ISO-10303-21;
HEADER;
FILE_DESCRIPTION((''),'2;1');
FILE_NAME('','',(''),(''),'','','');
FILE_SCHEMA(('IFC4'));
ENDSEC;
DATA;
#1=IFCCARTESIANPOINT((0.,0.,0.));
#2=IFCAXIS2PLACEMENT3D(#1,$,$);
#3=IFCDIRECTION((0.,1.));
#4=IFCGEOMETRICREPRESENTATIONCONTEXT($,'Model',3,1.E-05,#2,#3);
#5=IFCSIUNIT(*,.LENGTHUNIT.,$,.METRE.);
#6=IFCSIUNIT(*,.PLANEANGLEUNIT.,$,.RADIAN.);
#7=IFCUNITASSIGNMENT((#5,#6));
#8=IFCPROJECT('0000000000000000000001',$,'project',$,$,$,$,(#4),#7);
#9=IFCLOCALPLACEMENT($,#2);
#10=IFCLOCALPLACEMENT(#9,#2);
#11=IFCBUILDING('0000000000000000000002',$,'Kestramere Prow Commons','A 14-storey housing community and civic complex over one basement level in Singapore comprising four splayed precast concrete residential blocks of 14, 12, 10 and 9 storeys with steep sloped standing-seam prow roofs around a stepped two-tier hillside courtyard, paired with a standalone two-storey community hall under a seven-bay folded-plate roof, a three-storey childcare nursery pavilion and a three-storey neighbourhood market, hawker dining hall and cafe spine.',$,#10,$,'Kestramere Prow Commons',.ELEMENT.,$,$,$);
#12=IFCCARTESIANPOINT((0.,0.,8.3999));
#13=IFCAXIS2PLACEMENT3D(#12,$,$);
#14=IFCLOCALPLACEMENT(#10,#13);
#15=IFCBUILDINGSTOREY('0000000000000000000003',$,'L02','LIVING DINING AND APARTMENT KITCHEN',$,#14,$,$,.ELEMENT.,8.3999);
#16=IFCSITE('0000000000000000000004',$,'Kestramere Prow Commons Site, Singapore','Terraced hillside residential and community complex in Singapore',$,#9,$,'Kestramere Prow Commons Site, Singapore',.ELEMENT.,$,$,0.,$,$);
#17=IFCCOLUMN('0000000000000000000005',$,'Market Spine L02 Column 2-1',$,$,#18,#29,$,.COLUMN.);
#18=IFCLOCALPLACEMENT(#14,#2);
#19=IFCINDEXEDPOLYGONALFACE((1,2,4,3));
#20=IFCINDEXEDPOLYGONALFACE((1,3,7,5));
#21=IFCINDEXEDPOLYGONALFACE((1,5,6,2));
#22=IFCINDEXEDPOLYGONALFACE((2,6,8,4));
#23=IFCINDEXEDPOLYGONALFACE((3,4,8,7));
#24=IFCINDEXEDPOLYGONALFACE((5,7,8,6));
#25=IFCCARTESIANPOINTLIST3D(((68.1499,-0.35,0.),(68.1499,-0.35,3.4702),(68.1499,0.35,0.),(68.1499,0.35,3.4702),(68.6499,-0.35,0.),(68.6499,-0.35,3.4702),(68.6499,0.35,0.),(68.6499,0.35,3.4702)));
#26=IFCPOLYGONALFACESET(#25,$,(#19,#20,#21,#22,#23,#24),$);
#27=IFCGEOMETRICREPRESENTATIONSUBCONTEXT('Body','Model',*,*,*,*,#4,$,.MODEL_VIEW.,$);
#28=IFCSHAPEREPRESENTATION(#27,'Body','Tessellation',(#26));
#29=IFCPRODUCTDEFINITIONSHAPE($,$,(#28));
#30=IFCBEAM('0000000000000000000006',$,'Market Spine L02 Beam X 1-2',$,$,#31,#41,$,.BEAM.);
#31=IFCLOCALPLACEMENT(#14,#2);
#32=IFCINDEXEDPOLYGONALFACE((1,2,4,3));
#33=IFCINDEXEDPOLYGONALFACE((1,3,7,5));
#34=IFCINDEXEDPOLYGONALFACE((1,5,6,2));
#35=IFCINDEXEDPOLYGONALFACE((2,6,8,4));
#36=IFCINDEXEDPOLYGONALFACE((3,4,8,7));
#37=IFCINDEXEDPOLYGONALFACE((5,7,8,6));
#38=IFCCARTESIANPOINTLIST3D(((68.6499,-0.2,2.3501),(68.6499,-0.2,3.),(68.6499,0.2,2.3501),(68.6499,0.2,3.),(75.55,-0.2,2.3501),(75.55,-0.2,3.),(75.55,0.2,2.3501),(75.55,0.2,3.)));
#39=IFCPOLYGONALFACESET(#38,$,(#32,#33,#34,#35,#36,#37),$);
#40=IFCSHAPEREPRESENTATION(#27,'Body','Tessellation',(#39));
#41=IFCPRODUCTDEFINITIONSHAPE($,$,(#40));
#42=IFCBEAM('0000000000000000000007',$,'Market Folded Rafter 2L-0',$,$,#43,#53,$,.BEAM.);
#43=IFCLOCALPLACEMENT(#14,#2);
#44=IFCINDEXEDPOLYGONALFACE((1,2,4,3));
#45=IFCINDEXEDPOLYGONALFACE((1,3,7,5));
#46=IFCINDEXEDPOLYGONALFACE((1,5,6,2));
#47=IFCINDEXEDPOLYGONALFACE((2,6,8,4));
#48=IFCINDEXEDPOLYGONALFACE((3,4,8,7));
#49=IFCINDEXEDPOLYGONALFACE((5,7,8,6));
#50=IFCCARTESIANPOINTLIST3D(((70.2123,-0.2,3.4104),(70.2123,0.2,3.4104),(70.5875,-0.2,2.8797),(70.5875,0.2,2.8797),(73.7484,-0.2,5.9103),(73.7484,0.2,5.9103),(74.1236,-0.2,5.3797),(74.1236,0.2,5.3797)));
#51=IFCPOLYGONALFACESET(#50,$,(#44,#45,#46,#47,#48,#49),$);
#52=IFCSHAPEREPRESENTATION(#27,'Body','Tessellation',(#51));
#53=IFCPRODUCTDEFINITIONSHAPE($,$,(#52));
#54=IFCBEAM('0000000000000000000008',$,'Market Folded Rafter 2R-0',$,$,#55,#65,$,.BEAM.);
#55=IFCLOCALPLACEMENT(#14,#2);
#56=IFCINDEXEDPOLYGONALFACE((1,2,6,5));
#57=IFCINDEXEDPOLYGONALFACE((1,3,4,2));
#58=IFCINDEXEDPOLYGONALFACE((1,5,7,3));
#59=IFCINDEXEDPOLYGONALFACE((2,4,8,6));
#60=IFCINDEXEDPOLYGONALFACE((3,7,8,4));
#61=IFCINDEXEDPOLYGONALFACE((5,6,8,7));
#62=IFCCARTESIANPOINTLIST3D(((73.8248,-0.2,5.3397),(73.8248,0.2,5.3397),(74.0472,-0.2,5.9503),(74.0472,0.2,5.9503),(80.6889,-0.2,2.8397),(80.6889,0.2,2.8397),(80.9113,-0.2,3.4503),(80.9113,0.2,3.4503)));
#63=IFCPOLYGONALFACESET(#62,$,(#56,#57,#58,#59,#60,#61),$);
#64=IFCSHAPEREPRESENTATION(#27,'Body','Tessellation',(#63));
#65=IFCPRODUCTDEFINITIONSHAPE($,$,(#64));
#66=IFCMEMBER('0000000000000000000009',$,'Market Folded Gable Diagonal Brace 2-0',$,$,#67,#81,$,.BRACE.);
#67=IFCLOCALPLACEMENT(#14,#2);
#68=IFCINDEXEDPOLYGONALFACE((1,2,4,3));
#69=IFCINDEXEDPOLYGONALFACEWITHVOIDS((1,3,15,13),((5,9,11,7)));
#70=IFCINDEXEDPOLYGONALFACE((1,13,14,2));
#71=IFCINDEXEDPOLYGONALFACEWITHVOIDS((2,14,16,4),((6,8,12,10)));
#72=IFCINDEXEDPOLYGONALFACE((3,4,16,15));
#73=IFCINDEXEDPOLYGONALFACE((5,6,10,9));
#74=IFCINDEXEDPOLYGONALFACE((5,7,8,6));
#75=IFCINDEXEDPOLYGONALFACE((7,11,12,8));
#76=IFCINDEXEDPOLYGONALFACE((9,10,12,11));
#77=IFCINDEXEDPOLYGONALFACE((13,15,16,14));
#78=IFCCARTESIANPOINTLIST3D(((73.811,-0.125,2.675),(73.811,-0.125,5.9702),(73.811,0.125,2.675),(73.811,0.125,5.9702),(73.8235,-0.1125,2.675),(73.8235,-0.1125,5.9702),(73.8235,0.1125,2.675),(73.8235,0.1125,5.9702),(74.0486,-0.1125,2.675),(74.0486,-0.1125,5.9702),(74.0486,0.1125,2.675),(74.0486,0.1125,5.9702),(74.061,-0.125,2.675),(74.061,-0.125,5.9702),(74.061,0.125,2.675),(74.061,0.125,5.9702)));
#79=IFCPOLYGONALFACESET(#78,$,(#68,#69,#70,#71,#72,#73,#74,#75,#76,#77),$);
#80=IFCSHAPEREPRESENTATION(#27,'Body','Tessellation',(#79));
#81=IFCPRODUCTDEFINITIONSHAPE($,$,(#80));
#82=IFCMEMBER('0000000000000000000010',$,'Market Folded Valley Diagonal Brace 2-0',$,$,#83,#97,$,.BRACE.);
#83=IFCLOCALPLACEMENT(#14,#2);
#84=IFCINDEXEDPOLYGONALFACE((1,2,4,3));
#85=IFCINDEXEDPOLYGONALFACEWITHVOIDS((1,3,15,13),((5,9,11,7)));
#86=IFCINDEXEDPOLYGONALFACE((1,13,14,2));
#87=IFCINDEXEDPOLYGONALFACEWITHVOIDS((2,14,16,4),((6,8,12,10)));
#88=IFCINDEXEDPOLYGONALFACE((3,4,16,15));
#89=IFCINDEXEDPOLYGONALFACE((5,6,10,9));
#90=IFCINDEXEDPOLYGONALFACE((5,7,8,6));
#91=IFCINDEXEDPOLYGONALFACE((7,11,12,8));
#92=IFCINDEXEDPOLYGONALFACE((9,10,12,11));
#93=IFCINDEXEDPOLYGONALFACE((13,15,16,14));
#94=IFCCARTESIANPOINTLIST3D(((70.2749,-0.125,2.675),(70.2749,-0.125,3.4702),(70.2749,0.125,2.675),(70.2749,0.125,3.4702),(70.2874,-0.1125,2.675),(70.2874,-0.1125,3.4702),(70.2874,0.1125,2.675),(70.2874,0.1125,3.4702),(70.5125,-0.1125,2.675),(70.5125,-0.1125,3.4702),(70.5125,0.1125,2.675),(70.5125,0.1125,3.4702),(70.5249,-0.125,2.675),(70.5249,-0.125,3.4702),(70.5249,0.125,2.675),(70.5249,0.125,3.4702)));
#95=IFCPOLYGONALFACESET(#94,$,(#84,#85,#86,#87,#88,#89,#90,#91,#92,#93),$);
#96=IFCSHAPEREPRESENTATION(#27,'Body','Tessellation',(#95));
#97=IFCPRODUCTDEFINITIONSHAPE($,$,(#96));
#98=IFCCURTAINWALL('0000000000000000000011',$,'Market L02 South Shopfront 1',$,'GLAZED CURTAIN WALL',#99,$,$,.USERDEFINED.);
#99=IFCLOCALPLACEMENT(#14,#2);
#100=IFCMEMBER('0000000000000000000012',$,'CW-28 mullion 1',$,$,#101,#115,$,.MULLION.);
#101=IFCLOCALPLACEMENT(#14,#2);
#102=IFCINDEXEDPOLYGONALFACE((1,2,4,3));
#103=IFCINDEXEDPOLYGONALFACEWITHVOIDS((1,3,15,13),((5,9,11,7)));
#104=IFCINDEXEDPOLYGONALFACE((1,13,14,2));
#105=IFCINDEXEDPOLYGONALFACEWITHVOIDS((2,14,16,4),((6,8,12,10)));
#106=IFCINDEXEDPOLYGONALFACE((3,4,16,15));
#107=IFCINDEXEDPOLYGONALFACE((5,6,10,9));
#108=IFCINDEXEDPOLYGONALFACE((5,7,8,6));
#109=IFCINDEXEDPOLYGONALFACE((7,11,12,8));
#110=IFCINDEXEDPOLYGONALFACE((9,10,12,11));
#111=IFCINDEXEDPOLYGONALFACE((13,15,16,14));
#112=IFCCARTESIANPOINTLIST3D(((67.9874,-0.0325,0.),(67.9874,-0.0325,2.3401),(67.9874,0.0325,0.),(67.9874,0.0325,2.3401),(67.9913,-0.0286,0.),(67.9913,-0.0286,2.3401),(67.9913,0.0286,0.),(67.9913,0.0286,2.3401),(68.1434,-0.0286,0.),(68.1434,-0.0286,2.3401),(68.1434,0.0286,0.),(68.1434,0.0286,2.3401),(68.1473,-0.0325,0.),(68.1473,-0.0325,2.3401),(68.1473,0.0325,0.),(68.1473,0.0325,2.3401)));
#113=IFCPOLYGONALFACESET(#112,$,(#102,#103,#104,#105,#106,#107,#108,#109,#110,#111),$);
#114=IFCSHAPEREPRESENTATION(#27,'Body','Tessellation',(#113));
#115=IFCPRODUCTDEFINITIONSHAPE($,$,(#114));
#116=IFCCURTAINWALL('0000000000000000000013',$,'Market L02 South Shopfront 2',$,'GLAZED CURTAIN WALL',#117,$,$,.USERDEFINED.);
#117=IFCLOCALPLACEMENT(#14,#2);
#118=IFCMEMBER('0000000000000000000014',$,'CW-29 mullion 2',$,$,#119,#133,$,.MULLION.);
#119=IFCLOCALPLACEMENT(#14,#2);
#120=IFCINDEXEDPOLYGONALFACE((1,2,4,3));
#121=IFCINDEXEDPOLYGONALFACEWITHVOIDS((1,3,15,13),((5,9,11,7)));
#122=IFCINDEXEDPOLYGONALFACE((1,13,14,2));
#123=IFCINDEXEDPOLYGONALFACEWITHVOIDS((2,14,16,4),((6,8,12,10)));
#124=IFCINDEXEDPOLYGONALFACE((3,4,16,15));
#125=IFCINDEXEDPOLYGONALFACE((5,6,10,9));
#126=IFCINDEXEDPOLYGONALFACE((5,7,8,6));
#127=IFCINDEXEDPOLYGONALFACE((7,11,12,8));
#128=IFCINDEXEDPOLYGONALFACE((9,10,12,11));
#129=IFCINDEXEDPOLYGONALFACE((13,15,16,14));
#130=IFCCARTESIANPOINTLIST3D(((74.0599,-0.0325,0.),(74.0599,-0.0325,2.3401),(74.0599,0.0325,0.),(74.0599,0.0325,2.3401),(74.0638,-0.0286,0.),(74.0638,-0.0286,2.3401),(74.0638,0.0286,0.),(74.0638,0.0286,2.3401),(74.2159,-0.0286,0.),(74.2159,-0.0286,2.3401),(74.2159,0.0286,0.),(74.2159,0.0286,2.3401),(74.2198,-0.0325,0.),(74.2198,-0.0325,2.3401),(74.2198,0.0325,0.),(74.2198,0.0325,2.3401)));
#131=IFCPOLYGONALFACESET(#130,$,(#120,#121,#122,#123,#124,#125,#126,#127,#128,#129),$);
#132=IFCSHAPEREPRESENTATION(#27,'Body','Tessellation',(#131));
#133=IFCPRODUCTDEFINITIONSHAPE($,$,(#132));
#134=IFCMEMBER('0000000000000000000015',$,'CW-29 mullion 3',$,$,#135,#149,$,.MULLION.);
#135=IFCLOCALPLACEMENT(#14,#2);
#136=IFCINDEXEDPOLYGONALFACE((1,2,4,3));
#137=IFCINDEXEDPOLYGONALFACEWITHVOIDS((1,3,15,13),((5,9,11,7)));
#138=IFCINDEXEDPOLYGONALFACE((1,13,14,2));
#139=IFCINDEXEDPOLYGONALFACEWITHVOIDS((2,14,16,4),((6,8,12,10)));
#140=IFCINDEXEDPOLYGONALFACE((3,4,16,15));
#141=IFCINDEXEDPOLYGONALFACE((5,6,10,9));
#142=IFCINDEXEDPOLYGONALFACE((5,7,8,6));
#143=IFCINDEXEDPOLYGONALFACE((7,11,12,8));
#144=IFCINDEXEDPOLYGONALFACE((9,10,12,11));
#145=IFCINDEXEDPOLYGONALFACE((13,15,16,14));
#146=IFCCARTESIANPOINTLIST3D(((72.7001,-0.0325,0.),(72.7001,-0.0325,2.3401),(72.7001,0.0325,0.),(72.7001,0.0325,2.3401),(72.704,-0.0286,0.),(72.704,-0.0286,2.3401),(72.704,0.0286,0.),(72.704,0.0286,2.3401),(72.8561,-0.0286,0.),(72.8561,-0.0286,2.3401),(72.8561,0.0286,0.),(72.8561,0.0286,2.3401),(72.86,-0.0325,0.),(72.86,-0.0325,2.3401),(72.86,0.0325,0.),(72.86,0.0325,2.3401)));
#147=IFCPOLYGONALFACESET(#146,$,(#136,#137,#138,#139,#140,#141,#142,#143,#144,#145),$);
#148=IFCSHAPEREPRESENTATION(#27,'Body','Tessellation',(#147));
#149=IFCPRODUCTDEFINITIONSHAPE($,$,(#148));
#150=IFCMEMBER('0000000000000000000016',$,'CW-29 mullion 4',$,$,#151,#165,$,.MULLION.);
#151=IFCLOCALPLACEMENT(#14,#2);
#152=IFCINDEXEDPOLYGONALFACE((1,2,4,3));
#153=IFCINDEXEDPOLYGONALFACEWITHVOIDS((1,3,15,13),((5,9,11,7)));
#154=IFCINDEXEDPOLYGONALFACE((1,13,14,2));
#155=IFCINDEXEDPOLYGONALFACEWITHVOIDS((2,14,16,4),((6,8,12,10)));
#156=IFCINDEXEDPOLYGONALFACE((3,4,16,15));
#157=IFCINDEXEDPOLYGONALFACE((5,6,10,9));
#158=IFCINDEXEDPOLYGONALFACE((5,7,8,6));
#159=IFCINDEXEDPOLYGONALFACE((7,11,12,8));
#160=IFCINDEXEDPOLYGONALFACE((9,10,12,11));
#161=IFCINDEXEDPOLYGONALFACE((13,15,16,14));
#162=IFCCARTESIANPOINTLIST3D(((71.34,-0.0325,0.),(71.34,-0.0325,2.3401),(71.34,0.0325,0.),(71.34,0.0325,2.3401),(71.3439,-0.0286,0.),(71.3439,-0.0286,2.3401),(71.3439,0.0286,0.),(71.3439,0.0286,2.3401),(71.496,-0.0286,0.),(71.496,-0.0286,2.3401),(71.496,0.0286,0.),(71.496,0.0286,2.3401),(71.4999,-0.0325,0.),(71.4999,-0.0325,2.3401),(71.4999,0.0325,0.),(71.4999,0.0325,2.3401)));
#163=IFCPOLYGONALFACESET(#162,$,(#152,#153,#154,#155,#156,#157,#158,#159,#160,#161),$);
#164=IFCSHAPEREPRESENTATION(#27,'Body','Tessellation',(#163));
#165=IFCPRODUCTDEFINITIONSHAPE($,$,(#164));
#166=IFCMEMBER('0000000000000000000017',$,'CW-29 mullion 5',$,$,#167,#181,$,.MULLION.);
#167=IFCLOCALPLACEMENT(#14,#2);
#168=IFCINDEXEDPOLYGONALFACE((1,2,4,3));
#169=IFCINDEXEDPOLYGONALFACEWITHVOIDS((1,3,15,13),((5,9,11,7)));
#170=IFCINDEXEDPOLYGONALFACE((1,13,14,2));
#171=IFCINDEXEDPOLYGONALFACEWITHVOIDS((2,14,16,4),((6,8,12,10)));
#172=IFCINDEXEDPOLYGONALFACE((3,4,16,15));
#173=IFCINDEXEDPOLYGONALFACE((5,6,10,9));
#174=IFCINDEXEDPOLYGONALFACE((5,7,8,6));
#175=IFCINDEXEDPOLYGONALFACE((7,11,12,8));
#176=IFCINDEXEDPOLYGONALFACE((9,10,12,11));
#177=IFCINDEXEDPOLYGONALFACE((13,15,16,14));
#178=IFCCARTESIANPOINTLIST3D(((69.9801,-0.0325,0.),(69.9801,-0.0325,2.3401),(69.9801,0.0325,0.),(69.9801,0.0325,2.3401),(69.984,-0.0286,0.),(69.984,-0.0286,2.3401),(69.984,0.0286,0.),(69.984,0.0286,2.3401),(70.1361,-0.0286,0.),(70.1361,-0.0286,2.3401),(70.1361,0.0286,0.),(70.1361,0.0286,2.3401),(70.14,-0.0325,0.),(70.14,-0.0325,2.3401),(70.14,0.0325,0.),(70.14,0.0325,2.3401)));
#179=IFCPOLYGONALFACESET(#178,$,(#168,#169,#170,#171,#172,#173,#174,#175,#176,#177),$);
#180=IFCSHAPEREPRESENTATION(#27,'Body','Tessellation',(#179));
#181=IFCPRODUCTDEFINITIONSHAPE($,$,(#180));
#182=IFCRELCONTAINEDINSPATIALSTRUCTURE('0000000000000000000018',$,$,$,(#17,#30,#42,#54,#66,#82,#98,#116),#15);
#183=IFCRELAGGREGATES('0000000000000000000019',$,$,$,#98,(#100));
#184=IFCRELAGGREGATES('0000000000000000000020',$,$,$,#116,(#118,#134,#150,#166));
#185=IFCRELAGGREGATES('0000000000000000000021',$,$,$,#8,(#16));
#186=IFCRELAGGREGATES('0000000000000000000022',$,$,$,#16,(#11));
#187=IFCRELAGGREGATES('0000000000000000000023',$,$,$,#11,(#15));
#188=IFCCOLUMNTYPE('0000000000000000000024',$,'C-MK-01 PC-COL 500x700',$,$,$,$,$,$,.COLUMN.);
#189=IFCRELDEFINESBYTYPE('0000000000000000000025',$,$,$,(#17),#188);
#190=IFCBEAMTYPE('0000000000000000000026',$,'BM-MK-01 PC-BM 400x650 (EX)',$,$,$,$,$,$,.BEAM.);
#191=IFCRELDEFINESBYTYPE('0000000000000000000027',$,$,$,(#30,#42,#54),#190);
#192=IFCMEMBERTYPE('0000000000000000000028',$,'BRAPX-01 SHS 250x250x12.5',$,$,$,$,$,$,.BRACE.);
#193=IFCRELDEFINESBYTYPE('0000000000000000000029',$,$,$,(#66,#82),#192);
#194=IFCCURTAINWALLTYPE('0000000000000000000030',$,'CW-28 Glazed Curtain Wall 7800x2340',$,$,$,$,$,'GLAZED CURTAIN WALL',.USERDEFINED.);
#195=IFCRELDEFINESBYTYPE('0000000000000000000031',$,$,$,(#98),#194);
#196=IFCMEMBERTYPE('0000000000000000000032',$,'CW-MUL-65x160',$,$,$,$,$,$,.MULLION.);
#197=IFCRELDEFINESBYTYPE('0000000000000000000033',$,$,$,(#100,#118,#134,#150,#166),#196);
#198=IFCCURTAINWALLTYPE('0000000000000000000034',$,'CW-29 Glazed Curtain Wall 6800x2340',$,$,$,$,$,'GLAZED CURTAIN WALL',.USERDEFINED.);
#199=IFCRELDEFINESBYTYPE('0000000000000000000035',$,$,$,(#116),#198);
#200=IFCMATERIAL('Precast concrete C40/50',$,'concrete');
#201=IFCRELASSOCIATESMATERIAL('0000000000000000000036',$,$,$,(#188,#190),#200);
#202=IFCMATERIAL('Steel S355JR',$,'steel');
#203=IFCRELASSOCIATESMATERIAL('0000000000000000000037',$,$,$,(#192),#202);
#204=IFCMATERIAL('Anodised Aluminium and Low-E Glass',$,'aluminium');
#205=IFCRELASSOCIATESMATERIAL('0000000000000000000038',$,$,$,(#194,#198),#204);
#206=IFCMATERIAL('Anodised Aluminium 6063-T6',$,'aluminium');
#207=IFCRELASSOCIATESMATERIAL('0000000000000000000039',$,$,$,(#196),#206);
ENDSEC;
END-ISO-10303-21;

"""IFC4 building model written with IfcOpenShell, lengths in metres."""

from ifc_helpers import new_model, si_unit, direction, frame, origin, origin_2d, place, context, subcontext, project, spatial, rectangle, hollow_rectangle, extrude, material, material_profile, profile_set, type_object, element, aggregate, save


model = new_model("IFC4")

# Units and contexts
model_context = context("Model", 3, precision=1e-05, world=origin(), true_north=direction((0.0, 1.0)))
body_context = subcontext(model_context, "Body", "Model", "MODEL_VIEW")
ifc_project = project(units=[si_unit("LENGTHUNIT", "METRE"), si_unit("PLANEANGLEUNIT", "RADIAN")], contexts=[model_context])

# Site, building, storey
site_placement = place(None, origin())
site = spatial("IfcSite", under=ifc_project, at=site_placement, Name="Kestramere Prow Commons Site, Singapore", Description="Terraced hillside residential and community complex in Singapore", LongName="Kestramere Prow Commons Site, Singapore", CompositionType="ELEMENT", RefElevation=0.0)
building_placement = place(site_placement, origin())
building = spatial("IfcBuilding", under=site, at=building_placement, Name="Kestramere Prow Commons", Description="A 14-storey housing community and civic complex over one basement level in Singapore comprising four splayed precast concrete residential blocks of 14, 12, 10 and 9 storeys with steep sloped standing-seam prow roofs around a stepped two-tier hillside courtyard, paired with a standalone two-storey community hall under a seven-bay folded-plate roof, a three-storey childcare nursery pavilion and a three-storey neighbourhood market, hawker dining hall and cafe spine.", LongName="Kestramere Prow Commons", CompositionType="ELEMENT")
storey_placement = place(building_placement, frame((0.0, 0.0, 8.3999)))
storey = spatial("IfcBuildingStorey", under=building, at=storey_placement, Name="L02", Description="LIVING DINING AND APARTMENT KITCHEN", CompositionType="ELEMENT", Elevation=8.3999)

# Column
ifc_material_1 = material(Name="Precast concrete C40/50", Category="concrete")
ifc_material_profile_1 = material_profile(ifc_material_1, rectangle(XDim=0.5, YDim=0.7, at=origin_2d()), Name="PC-COL 500x700")
ifc_profile_set_1 = profile_set([ifc_material_profile_1], Name="Precast concrete C40/50")
column_type = type_object("IfcColumnType", Name="C-MK-01 PC-COL 500x700", PredefinedType="COLUMN", material=ifc_profile_set_1)
column_placement = place(storey_placement, frame((68.3999, 0.0, 0.0), z_axis=(0.0, 0.0, 1.0), x_axis=(1.0, 0.0, 0.0)))
element("IfcColumn", 1, at=column_placement, inside=storey, type_object=column_type, Name="Market Spine L02 Column 2-1", PredefinedType="COLUMN", context=body_context, shape_type="SweptSolid", body=[
    extrude(rectangle(XDim=0.5, YDim=0.7, at=origin_2d()), origin(), (0.0, 0.0, 1.0), 3.4702),
])

# Beams
ifc_material_profile_2 = material_profile(ifc_material_1, rectangle(XDim=0.3999, YDim=0.6499, at=origin_2d()), Name="PC-BM 400x650")
ifc_profile_set_2 = profile_set([ifc_material_profile_2], Name="Precast concrete C40/50")
beam_type = type_object("IfcBeamType", Name="BM-MK-01 PC-BM 400x650 (EX)", PredefinedType="BEAM", material=ifc_profile_set_2)
beam_1_placement = place(storey_placement, frame((68.6499, 0.0, 2.675), z_axis=(1.0, 0.0, 0.0), x_axis=(0.0, 1.0, 0.0)))
element("IfcBeam", 2, at=beam_1_placement, inside=storey, type_object=beam_type, Name="Market Spine L02 Beam X 1-2", PredefinedType="BEAM", context=body_context, shape_type="SweptSolid", body=[
    extrude(rectangle(XDim=0.3999, YDim=0.6499, at=origin_2d()), origin(), (0.0, 0.0, 1.0), 6.9001),
])
beam_2_placement = place(storey_placement, frame((70.3999, 0.0, 3.145), z_axis=(0.816543, 0.0, 0.577285), x_axis=(0.0, 1.0, 0.0)))
element("IfcBeam", 3, at=beam_2_placement, inside=storey, type_object=beam_type, Name="Market Folded Rafter 2L-0", PredefinedType="BEAM", context=body_context, shape_type="SweptSolid", body=[
    extrude(rectangle(XDim=0.3999, YDim=0.6499, at=origin_2d()), origin(), (0.0, 0.0, 1.0), 4.3306),
])
beam_3_placement = place(storey_placement, frame((73.936, 0.0, 5.645), z_axis=(0.939618, 0.0, -0.342226), x_axis=(0.0, 1.0, 0.0)))
element("IfcBeam", 4, at=beam_3_placement, inside=storey, type_object=beam_type, Name="Market Folded Rafter 2R-0", PredefinedType="BEAM", context=body_context, shape_type="SweptSolid", body=[
    extrude(rectangle(XDim=0.3999, YDim=0.6499, at=origin_2d()), origin(), (0.0, 0.0, 1.0), 7.3052),
])

# Members
ifc_material_2 = material(Name="Steel S355JR", Category="steel")
ifc_material_profile_3 = material_profile(ifc_material_2, hollow_rectangle(XDim=0.25, YDim=0.25, WallThickness=0.0125, at=origin_2d()), Name="SHS 250x250x12.5")
ifc_profile_set_3 = profile_set([ifc_material_profile_3], Name="Steel S355JR")
member_type_1 = type_object("IfcMemberType", Name="BRAPX-01 SHS 250x250x12.5", PredefinedType="BRACE", material=ifc_profile_set_3)
member_1_placement = place(storey_placement, frame((73.936, 0.0, 2.675), z_axis=(0.0, 0.0, 1.0), x_axis=(1.0, 0.0, 0.0)))
element("IfcMember", 5, at=member_1_placement, inside=storey, type_object=member_type_1, Name="Market Folded Gable Diagonal Brace 2-0", PredefinedType="BRACE", context=body_context, shape_type="SweptSolid", body=[
    extrude(hollow_rectangle(XDim=0.25, YDim=0.25, WallThickness=0.0125, at=origin_2d()), origin(), (0.0, 0.0, 1.0), 3.2952),
])
member_2_placement = place(storey_placement, frame((70.3999, 0.0, 2.675), z_axis=(0.0, 0.0, 1.0), x_axis=(1.0, 0.0, 0.0)))
element("IfcMember", 6, at=member_2_placement, inside=storey, type_object=member_type_1, Name="Market Folded Valley Diagonal Brace 2-0", PredefinedType="BRACE", context=body_context, shape_type="SweptSolid", body=[
    extrude(hollow_rectangle(XDim=0.25, YDim=0.25, WallThickness=0.0125, at=origin_2d()), origin(), (0.0, 0.0, 1.0), 0.7952),
])

# Curtain wall, member
ifc_material_3 = material(Name="Anodised Aluminium and Low-E Glass", Category="aluminium")
curtain_wall_type_1 = type_object("IfcCurtainWallType", Name="CW-28 Glazed Curtain Wall 7800x2340", ElementType="GLAZED CURTAIN WALL", PredefinedType="USERDEFINED", material=ifc_material_3)
curtain_wall_1_placement = place(storey_placement, origin())
curtain_wall_1 = element("IfcCurtainWall", 7, at=curtain_wall_1_placement, inside=storey, type_object=curtain_wall_type_1, Name="Market L02 South Shopfront 1", ObjectType="GLAZED CURTAIN WALL", PredefinedType="USERDEFINED")
ifc_material_4 = material(Name="Anodised Aluminium 6063-T6", Category="aluminium")
ifc_material_profile_4 = material_profile(ifc_material_4, hollow_rectangle(XDim=0.0649, YDim=0.1599, WallThickness=0.0039, at=origin_2d()), Name="ALU-MUL 65x160")
ifc_profile_set_4 = profile_set([ifc_material_profile_4], Name="Anodised Aluminium 6063-T6")
member_type_2 = type_object("IfcMemberType", Name="CW-MUL-65x160", PredefinedType="MULLION", material=ifc_profile_set_4)
member_3_placement = place(storey_placement, frame((68.0674, 0.0, 0.0), z_axis=(0.0, 0.0, 1.0), x_axis=(0.0, -1.0, 0.0)))
member_3 = element("IfcMember", 8, at=member_3_placement, type_object=member_type_2, Name="CW-28 mullion 1", PredefinedType="MULLION", context=body_context, shape_type="SweptSolid", body=[
    extrude(hollow_rectangle(XDim=0.0649, YDim=0.1599, WallThickness=0.0039, at=origin_2d()), origin(), (0.0, 0.0, 1.0), 2.3401),
])
aggregate(curtain_wall_1, [member_3])

# Curtain wall, members
curtain_wall_type_2 = type_object("IfcCurtainWallType", Name="CW-29 Glazed Curtain Wall 6800x2340", ElementType="GLAZED CURTAIN WALL", PredefinedType="USERDEFINED", material=ifc_material_3)
curtain_wall_2_placement = place(storey_placement, origin())
curtain_wall_2 = element("IfcCurtainWall", 9, at=curtain_wall_2_placement, inside=storey, type_object=curtain_wall_type_2, Name="Market L02 South Shopfront 2", ObjectType="GLAZED CURTAIN WALL", PredefinedType="USERDEFINED")
member_4_placement = place(storey_placement, frame((74.1399, 0.0, 0.0), z_axis=(0.0, 0.0, 1.0), x_axis=(0.0, -1.0, 0.0)))
member_4 = element("IfcMember", 10, at=member_4_placement, type_object=member_type_2, Name="CW-29 mullion 2", PredefinedType="MULLION", context=body_context, shape_type="SweptSolid", body=[
    extrude(hollow_rectangle(XDim=0.0649, YDim=0.1599, WallThickness=0.0039, at=origin_2d()), origin(), (0.0, 0.0, 1.0), 2.3401),
])
member_5_placement = place(storey_placement, frame((72.78, 0.0, 0.0), z_axis=(0.0, 0.0, 1.0), x_axis=(0.0, -1.0, 0.0)))
member_5 = element("IfcMember", 11, at=member_5_placement, type_object=member_type_2, Name="CW-29 mullion 3", PredefinedType="MULLION", context=body_context, shape_type="SweptSolid", body=[
    extrude(hollow_rectangle(XDim=0.0649, YDim=0.1599, WallThickness=0.0039, at=origin_2d()), origin(), (0.0, 0.0, 1.0), 2.3401),
])
member_6_placement = place(storey_placement, frame((71.4199, 0.0, 0.0), z_axis=(0.0, 0.0, 1.0), x_axis=(0.0, -1.0, 0.0)))
member_6 = element("IfcMember", 12, at=member_6_placement, type_object=member_type_2, Name="CW-29 mullion 4", PredefinedType="MULLION", context=body_context, shape_type="SweptSolid", body=[
    extrude(hollow_rectangle(XDim=0.0649, YDim=0.1599, WallThickness=0.0039, at=origin_2d()), origin(), (0.0, 0.0, 1.0), 2.3401),
])
member_7_placement = place(storey_placement, frame((70.0601, 0.0, 0.0), z_axis=(0.0, 0.0, 1.0), x_axis=(0.0, -1.0, 0.0)))
member_7 = element("IfcMember", 13, at=member_7_placement, type_object=member_type_2, Name="CW-29 mullion 5", PredefinedType="MULLION", context=body_context, shape_type="SweptSolid", body=[
    extrude(hollow_rectangle(XDim=0.0649, YDim=0.1599, WallThickness=0.0039, at=origin_2d()), origin(), (0.0, 0.0, 1.0), 2.3401),
])
aggregate(curtain_wall_2, [member_4, member_5, member_6, member_7])

save(model, "model.ifc")
